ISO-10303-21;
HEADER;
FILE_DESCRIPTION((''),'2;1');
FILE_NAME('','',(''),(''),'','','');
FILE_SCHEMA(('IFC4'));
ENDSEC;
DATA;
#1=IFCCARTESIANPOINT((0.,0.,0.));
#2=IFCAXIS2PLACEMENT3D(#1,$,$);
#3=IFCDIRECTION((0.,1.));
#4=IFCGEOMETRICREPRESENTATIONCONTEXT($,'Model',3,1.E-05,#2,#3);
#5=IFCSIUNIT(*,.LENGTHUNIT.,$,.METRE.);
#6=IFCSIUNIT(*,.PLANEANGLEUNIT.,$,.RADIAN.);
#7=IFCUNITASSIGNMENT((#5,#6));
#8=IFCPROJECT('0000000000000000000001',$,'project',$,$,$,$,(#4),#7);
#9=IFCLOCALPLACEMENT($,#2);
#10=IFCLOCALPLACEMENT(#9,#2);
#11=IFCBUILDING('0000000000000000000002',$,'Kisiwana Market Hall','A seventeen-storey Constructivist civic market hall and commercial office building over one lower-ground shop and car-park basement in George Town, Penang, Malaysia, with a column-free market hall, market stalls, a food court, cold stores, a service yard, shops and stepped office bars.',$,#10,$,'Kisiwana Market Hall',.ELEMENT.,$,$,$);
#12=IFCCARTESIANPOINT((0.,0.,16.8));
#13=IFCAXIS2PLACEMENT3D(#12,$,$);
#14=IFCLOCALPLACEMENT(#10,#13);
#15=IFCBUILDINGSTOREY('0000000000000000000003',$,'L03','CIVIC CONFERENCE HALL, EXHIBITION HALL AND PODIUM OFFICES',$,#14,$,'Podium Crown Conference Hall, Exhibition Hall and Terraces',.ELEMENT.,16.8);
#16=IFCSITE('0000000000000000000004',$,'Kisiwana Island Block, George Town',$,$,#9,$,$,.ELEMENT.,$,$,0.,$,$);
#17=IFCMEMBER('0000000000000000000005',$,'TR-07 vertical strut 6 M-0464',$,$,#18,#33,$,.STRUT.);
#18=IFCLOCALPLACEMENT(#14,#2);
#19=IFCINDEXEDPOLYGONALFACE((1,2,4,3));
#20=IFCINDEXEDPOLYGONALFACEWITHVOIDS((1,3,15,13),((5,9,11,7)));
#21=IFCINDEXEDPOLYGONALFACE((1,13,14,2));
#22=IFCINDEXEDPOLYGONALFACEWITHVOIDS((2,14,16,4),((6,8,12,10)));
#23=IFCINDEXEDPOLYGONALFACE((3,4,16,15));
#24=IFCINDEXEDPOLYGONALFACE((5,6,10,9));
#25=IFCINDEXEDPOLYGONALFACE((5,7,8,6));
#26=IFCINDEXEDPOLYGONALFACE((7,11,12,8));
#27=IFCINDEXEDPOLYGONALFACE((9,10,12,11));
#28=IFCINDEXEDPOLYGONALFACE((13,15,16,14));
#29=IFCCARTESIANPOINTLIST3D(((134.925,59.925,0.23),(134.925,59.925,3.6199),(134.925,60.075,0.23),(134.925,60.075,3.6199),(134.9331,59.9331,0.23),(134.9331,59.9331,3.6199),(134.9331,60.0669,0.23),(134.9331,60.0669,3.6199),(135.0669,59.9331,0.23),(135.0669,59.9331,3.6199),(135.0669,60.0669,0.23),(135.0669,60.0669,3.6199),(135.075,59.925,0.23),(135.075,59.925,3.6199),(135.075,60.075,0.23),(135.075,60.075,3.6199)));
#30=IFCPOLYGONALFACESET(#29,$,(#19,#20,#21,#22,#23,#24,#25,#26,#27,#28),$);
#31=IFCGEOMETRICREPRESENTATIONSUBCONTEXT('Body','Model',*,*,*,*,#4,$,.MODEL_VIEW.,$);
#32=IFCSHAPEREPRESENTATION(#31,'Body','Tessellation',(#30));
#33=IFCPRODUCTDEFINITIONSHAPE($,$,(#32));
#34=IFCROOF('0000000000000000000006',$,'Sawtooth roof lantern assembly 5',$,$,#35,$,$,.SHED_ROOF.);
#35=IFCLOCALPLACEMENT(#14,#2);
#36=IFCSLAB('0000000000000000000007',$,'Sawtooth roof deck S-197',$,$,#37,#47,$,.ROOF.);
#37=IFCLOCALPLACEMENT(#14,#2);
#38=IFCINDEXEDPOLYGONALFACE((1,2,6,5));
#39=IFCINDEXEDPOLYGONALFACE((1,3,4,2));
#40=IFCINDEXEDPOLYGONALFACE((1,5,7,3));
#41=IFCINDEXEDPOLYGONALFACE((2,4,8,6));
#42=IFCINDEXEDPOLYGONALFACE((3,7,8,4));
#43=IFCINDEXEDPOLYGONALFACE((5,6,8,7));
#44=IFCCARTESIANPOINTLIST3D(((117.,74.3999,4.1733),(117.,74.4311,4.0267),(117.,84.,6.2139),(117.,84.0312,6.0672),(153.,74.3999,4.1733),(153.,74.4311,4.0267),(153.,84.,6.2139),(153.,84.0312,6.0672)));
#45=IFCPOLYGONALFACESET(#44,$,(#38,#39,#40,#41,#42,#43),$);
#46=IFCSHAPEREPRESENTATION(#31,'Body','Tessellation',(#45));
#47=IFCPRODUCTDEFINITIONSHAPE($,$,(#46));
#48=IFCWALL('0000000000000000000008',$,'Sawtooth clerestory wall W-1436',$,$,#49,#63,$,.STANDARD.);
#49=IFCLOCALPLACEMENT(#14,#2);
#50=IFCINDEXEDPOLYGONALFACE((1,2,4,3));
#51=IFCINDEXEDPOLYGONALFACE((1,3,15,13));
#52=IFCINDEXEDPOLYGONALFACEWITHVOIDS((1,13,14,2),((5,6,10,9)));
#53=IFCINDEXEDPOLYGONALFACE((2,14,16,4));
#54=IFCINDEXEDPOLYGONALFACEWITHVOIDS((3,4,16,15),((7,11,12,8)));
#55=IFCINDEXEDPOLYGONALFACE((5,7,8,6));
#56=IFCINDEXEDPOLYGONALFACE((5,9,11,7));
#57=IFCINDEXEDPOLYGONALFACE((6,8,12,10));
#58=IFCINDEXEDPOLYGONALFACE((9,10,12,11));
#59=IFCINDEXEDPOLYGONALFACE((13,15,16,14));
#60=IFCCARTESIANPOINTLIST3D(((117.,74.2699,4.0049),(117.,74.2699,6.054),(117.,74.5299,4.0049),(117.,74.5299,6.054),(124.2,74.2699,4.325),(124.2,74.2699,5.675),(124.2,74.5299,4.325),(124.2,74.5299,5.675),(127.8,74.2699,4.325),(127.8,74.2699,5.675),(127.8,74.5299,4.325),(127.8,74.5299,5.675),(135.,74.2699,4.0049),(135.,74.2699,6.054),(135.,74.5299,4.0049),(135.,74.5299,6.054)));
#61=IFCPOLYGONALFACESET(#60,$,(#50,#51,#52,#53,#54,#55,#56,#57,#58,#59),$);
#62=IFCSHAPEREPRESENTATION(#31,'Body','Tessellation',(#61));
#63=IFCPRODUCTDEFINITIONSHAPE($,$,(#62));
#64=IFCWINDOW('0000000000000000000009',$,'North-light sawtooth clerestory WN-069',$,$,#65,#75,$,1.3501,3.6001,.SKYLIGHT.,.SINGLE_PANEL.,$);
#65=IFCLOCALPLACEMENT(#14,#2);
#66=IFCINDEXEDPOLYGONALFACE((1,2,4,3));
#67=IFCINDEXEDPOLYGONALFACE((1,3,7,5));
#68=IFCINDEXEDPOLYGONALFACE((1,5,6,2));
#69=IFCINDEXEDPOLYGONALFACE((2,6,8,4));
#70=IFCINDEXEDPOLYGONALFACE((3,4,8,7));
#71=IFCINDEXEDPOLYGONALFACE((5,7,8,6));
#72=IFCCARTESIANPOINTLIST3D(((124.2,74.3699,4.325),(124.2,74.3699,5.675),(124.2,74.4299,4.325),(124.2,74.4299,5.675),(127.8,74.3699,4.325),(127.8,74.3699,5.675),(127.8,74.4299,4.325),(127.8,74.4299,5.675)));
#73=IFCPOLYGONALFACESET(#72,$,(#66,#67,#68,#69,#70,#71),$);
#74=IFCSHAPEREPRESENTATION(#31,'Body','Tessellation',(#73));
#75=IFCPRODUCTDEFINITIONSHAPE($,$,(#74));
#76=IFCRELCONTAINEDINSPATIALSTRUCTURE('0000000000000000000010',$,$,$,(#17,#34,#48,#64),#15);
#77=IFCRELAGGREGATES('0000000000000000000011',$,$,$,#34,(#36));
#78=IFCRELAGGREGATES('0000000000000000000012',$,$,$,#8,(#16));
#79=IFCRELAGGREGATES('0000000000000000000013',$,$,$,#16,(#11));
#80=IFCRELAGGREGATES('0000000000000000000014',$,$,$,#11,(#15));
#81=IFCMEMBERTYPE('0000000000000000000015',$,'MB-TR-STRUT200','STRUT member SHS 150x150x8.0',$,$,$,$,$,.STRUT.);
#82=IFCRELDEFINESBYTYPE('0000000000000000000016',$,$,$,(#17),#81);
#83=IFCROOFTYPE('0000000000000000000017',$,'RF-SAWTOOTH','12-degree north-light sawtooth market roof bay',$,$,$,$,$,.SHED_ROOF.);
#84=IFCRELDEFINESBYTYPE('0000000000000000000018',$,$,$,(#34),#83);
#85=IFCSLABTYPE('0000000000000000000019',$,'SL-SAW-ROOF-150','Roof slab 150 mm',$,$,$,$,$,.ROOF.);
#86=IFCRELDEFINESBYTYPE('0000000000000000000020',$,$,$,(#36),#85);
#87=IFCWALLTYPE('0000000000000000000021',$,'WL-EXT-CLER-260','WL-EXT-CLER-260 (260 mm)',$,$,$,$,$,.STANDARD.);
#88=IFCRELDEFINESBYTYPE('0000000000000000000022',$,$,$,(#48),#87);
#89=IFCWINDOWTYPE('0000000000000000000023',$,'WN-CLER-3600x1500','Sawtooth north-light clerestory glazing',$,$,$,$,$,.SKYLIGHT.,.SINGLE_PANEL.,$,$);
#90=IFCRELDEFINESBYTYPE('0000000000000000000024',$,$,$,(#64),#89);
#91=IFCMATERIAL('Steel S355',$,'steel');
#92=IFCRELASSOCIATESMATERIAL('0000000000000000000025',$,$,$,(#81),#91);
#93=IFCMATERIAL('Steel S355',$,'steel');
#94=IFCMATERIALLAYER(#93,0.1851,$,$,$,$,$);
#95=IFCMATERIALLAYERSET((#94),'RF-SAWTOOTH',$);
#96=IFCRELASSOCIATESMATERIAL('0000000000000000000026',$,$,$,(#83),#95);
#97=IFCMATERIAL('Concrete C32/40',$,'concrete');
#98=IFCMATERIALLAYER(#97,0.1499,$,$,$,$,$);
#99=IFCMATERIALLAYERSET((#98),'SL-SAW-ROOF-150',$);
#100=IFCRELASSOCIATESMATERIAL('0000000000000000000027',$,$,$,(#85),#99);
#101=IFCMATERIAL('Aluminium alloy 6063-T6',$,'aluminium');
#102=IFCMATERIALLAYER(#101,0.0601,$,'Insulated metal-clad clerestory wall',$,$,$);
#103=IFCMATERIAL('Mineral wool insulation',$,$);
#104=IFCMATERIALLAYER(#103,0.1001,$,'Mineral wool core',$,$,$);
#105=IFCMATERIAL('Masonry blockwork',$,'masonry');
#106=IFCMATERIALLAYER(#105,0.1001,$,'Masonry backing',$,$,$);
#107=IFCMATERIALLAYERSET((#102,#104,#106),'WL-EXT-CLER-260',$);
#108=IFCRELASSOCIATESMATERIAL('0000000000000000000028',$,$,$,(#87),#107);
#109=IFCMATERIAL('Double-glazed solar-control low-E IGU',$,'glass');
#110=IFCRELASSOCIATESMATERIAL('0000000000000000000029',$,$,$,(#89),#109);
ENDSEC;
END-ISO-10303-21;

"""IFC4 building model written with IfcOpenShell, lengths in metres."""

from ifc_helpers import new_model, si_unit, direction, frame, frame_2d, origin, origin_2d, place, context, subcontext, project, spatial, polyline, rectangle, hollow_rectangle, outline, extrude, material, layer, layer_set, material_profile, profile_set, type_object, element, fill, aggregate, save


model = new_model("IFC4")

# Units and contexts
model_context = context("Model", 3, precision=1e-05, world=origin(), true_north=direction((0.0, 1.0)))
body_context = subcontext(model_context, "Body", "Model", "MODEL_VIEW")
ifc_project = project(units=[si_unit("LENGTHUNIT", "METRE"), si_unit("PLANEANGLEUNIT", "RADIAN")], contexts=[model_context])

# Site, building, storey
site_placement = place(None, origin())
site = spatial("IfcSite", under=ifc_project, at=site_placement, Name="Kisiwana Island Block, George Town", CompositionType="ELEMENT", RefElevation=0.0)
building_placement = place(site_placement, origin())
building = spatial("IfcBuilding", under=site, at=building_placement, Name="Kisiwana Market Hall", Description="A seventeen-storey Constructivist civic market hall and commercial office building over one lower-ground shop and car-park basement in George Town, Penang, Malaysia, with a column-free market hall, market stalls, a food court, cold stores, a service yard, shops and stepped office bars.", LongName="Kisiwana Market Hall", CompositionType="ELEMENT")
storey_placement = place(building_placement, frame((0.0, 0.0, 16.8)))
storey = spatial("IfcBuildingStorey", under=building, at=storey_placement, Name="L03", Description="CIVIC CONFERENCE HALL, EXHIBITION HALL AND PODIUM OFFICES", LongName="Podium Crown Conference Hall, Exhibition Hall and Terraces", CompositionType="ELEMENT", Elevation=16.8)

# Member
ifc_material_1 = material(Name="Steel S355", Category="steel")
ifc_material_profile_1 = material_profile(ifc_material_1, hollow_rectangle(XDim=0.1499, YDim=0.1499, WallThickness=0.0081, at=origin_2d()), Name="SHS 150x150x8.0")
ifc_profile_set_1 = profile_set([ifc_material_profile_1], Name="Steel S355")
member_type_1 = type_object("IfcMemberType", Name="MB-TR-STRUT200", Description="STRUT member SHS 150x150x8.0", PredefinedType="STRUT", material=ifc_profile_set_1)
for number, where, z_axis, x_axis, name in (
    (1, (135.0, 60.0, 0.23), (0.0, 0.0, 1.0), (1.0, 0.0, 0.0), "TR-07 vertical strut 6 M-0464"),
):
    element("IfcMember", number, at=place(storey_placement, frame(where, z_axis=z_axis, x_axis=x_axis)), inside=storey, type_object=member_type_1, Name=name, PredefinedType="STRUT", context=body_context, shape_type="SweptSolid", body=[
        extrude(hollow_rectangle(XDim=0.1499, YDim=0.1499, WallThickness=0.0081, at=origin_2d()), origin(), (0.0, 0.0, 1.0), 3.3899),
    ])

# Roof, slab
ifc_material_2 = material(Name="Steel S355", Category="steel")
ifc_layer_1 = layer(ifc_material_2, 0.1851)
ifc_layer_set_1 = layer_set([ifc_layer_1], Name="RF-SAWTOOTH")
roof_type = type_object("IfcRoofType", Name="RF-SAWTOOTH", Description="12-degree north-light sawtooth market roof bay", PredefinedType="SHED_ROOF", material=ifc_layer_set_1)
roof_placement = place(storey_placement, origin())
roof = element("IfcRoof", 2, at=roof_placement, inside=storey, type_object=roof_type, Name="Sawtooth roof lantern assembly 5", PredefinedType="SHED_ROOF")
ifc_material_3 = material(Name="Concrete C32/40", Category="concrete")
ifc_layer_2 = layer(ifc_material_3, 0.1499)
ifc_layer_set_2 = layer_set([ifc_layer_2], Name="SL-SAW-ROOF-150")
slab_type = type_object("IfcSlabType", Name="SL-SAW-ROOF-150", Description="Roof slab 150 mm", PredefinedType="ROOF", material=ifc_layer_set_2)
slab_placement = place(storey_placement, frame((117.0, 74.3999, 4.1733), z_axis=(0.0, -0.207908, 0.978148), x_axis=(1.0, 0.0, 0.0)))
slab = element("IfcSlab", 3, at=slab_placement, type_object=slab_type, Name="Sawtooth roof deck S-197", PredefinedType="ROOF", context=body_context, shape_type="SweptSolid", body=[
    extrude(outline(polyline([(0.0, 0.0), (36.0, 0.0), (36.0, 9.8146), (0.0, 9.8146), (0.0, 0.0)])), origin(), (0.0, 0.0, -1.0), 0.1499),
])
aggregate(roof, [slab])

# Wall, opening, window
ifc_material_4 = material(Name="Aluminium alloy 6063-T6", Category="aluminium")
ifc_layer_3 = layer(ifc_material_4, 0.0601, Name="Insulated metal-clad clerestory wall")
ifc_material_5 = material(Name="Mineral wool insulation")
ifc_layer_4 = layer(ifc_material_5, 0.1001, Name="Mineral wool core")
ifc_material_6 = material(Name="Masonry blockwork", Category="masonry")
ifc_layer_5 = layer(ifc_material_6, 0.1001, Name="Masonry backing")
ifc_layer_set_3 = layer_set([ifc_layer_3, ifc_layer_4, ifc_layer_5], Name="WL-EXT-CLER-260")
wall_type = type_object("IfcWallType", Name="WL-EXT-CLER-260", Description="WL-EXT-CLER-260 (260 mm)", PredefinedType="STANDARD", material=ifc_layer_set_3)
wall_placement = place(storey_placement, frame((117.0, 74.3999, 4.0049), z_axis=(0.0, 0.0, 1.0), x_axis=(1.0, 0.0, 0.0)))
wall = element("IfcWall", 4, at=wall_placement, inside=storey, type_object=wall_type, Name="Sawtooth clerestory wall W-1436", PredefinedType="STANDARD", context=body_context, shape_type="SweptSolid", body=[
    extrude(rectangle(XDim=18.0, YDim=0.26, at=frame_2d((9.0, 0.0))), origin(), (0.0, 0.0, 1.0), 2.0491),
])
opening_placement = place(wall_placement, frame((7.2, 0.0, 0.3201)))
opening = element("IfcOpeningElement", 5, at=opening_placement, cuts=wall, PredefinedType="OPENING", context=body_context, shape_type="SweptSolid", body=[
    extrude(rectangle(XDim=3.6001, YDim=1.3501, at=frame_2d((1.8, 0.675))), frame((0.0, 0.1421, 0.0), z_axis=(0.0, -1.0, 0.0), x_axis=(1.0, 0.0, 0.0)), (0.0, 0.0, 1.0), 0.2839),
])
ifc_material_7 = material(Name="Double-glazed solar-control low-E IGU", Category="glass")
window_type = type_object("IfcWindowType", Name="WN-CLER-3600x1500", Description="Sawtooth north-light clerestory glazing", PartitioningType="SINGLE_PANEL", PredefinedType="SKYLIGHT", material=ifc_material_7)
window_placement = place(opening_placement, origin())
window = element("IfcWindow", 6, at=window_placement, inside=storey, type_object=window_type, Name="North-light sawtooth clerestory WN-069", OverallHeight=1.3501, OverallWidth=3.6001, PartitioningType="SINGLE_PANEL", PredefinedType="SKYLIGHT", context=body_context, shape_type="SweptSolid", body=[
    extrude(rectangle(XDim=3.6001, YDim=1.3501, at=frame_2d((1.8, 0.675))), frame((0.0, 0.03, 0.0), z_axis=(0.0, -1.0, 0.0), x_axis=(1.0, 0.0, 0.0)), (0.0, 0.0, 1.0), 0.0601),
])
fill(opening, window)

save(model, "model.ifc")
